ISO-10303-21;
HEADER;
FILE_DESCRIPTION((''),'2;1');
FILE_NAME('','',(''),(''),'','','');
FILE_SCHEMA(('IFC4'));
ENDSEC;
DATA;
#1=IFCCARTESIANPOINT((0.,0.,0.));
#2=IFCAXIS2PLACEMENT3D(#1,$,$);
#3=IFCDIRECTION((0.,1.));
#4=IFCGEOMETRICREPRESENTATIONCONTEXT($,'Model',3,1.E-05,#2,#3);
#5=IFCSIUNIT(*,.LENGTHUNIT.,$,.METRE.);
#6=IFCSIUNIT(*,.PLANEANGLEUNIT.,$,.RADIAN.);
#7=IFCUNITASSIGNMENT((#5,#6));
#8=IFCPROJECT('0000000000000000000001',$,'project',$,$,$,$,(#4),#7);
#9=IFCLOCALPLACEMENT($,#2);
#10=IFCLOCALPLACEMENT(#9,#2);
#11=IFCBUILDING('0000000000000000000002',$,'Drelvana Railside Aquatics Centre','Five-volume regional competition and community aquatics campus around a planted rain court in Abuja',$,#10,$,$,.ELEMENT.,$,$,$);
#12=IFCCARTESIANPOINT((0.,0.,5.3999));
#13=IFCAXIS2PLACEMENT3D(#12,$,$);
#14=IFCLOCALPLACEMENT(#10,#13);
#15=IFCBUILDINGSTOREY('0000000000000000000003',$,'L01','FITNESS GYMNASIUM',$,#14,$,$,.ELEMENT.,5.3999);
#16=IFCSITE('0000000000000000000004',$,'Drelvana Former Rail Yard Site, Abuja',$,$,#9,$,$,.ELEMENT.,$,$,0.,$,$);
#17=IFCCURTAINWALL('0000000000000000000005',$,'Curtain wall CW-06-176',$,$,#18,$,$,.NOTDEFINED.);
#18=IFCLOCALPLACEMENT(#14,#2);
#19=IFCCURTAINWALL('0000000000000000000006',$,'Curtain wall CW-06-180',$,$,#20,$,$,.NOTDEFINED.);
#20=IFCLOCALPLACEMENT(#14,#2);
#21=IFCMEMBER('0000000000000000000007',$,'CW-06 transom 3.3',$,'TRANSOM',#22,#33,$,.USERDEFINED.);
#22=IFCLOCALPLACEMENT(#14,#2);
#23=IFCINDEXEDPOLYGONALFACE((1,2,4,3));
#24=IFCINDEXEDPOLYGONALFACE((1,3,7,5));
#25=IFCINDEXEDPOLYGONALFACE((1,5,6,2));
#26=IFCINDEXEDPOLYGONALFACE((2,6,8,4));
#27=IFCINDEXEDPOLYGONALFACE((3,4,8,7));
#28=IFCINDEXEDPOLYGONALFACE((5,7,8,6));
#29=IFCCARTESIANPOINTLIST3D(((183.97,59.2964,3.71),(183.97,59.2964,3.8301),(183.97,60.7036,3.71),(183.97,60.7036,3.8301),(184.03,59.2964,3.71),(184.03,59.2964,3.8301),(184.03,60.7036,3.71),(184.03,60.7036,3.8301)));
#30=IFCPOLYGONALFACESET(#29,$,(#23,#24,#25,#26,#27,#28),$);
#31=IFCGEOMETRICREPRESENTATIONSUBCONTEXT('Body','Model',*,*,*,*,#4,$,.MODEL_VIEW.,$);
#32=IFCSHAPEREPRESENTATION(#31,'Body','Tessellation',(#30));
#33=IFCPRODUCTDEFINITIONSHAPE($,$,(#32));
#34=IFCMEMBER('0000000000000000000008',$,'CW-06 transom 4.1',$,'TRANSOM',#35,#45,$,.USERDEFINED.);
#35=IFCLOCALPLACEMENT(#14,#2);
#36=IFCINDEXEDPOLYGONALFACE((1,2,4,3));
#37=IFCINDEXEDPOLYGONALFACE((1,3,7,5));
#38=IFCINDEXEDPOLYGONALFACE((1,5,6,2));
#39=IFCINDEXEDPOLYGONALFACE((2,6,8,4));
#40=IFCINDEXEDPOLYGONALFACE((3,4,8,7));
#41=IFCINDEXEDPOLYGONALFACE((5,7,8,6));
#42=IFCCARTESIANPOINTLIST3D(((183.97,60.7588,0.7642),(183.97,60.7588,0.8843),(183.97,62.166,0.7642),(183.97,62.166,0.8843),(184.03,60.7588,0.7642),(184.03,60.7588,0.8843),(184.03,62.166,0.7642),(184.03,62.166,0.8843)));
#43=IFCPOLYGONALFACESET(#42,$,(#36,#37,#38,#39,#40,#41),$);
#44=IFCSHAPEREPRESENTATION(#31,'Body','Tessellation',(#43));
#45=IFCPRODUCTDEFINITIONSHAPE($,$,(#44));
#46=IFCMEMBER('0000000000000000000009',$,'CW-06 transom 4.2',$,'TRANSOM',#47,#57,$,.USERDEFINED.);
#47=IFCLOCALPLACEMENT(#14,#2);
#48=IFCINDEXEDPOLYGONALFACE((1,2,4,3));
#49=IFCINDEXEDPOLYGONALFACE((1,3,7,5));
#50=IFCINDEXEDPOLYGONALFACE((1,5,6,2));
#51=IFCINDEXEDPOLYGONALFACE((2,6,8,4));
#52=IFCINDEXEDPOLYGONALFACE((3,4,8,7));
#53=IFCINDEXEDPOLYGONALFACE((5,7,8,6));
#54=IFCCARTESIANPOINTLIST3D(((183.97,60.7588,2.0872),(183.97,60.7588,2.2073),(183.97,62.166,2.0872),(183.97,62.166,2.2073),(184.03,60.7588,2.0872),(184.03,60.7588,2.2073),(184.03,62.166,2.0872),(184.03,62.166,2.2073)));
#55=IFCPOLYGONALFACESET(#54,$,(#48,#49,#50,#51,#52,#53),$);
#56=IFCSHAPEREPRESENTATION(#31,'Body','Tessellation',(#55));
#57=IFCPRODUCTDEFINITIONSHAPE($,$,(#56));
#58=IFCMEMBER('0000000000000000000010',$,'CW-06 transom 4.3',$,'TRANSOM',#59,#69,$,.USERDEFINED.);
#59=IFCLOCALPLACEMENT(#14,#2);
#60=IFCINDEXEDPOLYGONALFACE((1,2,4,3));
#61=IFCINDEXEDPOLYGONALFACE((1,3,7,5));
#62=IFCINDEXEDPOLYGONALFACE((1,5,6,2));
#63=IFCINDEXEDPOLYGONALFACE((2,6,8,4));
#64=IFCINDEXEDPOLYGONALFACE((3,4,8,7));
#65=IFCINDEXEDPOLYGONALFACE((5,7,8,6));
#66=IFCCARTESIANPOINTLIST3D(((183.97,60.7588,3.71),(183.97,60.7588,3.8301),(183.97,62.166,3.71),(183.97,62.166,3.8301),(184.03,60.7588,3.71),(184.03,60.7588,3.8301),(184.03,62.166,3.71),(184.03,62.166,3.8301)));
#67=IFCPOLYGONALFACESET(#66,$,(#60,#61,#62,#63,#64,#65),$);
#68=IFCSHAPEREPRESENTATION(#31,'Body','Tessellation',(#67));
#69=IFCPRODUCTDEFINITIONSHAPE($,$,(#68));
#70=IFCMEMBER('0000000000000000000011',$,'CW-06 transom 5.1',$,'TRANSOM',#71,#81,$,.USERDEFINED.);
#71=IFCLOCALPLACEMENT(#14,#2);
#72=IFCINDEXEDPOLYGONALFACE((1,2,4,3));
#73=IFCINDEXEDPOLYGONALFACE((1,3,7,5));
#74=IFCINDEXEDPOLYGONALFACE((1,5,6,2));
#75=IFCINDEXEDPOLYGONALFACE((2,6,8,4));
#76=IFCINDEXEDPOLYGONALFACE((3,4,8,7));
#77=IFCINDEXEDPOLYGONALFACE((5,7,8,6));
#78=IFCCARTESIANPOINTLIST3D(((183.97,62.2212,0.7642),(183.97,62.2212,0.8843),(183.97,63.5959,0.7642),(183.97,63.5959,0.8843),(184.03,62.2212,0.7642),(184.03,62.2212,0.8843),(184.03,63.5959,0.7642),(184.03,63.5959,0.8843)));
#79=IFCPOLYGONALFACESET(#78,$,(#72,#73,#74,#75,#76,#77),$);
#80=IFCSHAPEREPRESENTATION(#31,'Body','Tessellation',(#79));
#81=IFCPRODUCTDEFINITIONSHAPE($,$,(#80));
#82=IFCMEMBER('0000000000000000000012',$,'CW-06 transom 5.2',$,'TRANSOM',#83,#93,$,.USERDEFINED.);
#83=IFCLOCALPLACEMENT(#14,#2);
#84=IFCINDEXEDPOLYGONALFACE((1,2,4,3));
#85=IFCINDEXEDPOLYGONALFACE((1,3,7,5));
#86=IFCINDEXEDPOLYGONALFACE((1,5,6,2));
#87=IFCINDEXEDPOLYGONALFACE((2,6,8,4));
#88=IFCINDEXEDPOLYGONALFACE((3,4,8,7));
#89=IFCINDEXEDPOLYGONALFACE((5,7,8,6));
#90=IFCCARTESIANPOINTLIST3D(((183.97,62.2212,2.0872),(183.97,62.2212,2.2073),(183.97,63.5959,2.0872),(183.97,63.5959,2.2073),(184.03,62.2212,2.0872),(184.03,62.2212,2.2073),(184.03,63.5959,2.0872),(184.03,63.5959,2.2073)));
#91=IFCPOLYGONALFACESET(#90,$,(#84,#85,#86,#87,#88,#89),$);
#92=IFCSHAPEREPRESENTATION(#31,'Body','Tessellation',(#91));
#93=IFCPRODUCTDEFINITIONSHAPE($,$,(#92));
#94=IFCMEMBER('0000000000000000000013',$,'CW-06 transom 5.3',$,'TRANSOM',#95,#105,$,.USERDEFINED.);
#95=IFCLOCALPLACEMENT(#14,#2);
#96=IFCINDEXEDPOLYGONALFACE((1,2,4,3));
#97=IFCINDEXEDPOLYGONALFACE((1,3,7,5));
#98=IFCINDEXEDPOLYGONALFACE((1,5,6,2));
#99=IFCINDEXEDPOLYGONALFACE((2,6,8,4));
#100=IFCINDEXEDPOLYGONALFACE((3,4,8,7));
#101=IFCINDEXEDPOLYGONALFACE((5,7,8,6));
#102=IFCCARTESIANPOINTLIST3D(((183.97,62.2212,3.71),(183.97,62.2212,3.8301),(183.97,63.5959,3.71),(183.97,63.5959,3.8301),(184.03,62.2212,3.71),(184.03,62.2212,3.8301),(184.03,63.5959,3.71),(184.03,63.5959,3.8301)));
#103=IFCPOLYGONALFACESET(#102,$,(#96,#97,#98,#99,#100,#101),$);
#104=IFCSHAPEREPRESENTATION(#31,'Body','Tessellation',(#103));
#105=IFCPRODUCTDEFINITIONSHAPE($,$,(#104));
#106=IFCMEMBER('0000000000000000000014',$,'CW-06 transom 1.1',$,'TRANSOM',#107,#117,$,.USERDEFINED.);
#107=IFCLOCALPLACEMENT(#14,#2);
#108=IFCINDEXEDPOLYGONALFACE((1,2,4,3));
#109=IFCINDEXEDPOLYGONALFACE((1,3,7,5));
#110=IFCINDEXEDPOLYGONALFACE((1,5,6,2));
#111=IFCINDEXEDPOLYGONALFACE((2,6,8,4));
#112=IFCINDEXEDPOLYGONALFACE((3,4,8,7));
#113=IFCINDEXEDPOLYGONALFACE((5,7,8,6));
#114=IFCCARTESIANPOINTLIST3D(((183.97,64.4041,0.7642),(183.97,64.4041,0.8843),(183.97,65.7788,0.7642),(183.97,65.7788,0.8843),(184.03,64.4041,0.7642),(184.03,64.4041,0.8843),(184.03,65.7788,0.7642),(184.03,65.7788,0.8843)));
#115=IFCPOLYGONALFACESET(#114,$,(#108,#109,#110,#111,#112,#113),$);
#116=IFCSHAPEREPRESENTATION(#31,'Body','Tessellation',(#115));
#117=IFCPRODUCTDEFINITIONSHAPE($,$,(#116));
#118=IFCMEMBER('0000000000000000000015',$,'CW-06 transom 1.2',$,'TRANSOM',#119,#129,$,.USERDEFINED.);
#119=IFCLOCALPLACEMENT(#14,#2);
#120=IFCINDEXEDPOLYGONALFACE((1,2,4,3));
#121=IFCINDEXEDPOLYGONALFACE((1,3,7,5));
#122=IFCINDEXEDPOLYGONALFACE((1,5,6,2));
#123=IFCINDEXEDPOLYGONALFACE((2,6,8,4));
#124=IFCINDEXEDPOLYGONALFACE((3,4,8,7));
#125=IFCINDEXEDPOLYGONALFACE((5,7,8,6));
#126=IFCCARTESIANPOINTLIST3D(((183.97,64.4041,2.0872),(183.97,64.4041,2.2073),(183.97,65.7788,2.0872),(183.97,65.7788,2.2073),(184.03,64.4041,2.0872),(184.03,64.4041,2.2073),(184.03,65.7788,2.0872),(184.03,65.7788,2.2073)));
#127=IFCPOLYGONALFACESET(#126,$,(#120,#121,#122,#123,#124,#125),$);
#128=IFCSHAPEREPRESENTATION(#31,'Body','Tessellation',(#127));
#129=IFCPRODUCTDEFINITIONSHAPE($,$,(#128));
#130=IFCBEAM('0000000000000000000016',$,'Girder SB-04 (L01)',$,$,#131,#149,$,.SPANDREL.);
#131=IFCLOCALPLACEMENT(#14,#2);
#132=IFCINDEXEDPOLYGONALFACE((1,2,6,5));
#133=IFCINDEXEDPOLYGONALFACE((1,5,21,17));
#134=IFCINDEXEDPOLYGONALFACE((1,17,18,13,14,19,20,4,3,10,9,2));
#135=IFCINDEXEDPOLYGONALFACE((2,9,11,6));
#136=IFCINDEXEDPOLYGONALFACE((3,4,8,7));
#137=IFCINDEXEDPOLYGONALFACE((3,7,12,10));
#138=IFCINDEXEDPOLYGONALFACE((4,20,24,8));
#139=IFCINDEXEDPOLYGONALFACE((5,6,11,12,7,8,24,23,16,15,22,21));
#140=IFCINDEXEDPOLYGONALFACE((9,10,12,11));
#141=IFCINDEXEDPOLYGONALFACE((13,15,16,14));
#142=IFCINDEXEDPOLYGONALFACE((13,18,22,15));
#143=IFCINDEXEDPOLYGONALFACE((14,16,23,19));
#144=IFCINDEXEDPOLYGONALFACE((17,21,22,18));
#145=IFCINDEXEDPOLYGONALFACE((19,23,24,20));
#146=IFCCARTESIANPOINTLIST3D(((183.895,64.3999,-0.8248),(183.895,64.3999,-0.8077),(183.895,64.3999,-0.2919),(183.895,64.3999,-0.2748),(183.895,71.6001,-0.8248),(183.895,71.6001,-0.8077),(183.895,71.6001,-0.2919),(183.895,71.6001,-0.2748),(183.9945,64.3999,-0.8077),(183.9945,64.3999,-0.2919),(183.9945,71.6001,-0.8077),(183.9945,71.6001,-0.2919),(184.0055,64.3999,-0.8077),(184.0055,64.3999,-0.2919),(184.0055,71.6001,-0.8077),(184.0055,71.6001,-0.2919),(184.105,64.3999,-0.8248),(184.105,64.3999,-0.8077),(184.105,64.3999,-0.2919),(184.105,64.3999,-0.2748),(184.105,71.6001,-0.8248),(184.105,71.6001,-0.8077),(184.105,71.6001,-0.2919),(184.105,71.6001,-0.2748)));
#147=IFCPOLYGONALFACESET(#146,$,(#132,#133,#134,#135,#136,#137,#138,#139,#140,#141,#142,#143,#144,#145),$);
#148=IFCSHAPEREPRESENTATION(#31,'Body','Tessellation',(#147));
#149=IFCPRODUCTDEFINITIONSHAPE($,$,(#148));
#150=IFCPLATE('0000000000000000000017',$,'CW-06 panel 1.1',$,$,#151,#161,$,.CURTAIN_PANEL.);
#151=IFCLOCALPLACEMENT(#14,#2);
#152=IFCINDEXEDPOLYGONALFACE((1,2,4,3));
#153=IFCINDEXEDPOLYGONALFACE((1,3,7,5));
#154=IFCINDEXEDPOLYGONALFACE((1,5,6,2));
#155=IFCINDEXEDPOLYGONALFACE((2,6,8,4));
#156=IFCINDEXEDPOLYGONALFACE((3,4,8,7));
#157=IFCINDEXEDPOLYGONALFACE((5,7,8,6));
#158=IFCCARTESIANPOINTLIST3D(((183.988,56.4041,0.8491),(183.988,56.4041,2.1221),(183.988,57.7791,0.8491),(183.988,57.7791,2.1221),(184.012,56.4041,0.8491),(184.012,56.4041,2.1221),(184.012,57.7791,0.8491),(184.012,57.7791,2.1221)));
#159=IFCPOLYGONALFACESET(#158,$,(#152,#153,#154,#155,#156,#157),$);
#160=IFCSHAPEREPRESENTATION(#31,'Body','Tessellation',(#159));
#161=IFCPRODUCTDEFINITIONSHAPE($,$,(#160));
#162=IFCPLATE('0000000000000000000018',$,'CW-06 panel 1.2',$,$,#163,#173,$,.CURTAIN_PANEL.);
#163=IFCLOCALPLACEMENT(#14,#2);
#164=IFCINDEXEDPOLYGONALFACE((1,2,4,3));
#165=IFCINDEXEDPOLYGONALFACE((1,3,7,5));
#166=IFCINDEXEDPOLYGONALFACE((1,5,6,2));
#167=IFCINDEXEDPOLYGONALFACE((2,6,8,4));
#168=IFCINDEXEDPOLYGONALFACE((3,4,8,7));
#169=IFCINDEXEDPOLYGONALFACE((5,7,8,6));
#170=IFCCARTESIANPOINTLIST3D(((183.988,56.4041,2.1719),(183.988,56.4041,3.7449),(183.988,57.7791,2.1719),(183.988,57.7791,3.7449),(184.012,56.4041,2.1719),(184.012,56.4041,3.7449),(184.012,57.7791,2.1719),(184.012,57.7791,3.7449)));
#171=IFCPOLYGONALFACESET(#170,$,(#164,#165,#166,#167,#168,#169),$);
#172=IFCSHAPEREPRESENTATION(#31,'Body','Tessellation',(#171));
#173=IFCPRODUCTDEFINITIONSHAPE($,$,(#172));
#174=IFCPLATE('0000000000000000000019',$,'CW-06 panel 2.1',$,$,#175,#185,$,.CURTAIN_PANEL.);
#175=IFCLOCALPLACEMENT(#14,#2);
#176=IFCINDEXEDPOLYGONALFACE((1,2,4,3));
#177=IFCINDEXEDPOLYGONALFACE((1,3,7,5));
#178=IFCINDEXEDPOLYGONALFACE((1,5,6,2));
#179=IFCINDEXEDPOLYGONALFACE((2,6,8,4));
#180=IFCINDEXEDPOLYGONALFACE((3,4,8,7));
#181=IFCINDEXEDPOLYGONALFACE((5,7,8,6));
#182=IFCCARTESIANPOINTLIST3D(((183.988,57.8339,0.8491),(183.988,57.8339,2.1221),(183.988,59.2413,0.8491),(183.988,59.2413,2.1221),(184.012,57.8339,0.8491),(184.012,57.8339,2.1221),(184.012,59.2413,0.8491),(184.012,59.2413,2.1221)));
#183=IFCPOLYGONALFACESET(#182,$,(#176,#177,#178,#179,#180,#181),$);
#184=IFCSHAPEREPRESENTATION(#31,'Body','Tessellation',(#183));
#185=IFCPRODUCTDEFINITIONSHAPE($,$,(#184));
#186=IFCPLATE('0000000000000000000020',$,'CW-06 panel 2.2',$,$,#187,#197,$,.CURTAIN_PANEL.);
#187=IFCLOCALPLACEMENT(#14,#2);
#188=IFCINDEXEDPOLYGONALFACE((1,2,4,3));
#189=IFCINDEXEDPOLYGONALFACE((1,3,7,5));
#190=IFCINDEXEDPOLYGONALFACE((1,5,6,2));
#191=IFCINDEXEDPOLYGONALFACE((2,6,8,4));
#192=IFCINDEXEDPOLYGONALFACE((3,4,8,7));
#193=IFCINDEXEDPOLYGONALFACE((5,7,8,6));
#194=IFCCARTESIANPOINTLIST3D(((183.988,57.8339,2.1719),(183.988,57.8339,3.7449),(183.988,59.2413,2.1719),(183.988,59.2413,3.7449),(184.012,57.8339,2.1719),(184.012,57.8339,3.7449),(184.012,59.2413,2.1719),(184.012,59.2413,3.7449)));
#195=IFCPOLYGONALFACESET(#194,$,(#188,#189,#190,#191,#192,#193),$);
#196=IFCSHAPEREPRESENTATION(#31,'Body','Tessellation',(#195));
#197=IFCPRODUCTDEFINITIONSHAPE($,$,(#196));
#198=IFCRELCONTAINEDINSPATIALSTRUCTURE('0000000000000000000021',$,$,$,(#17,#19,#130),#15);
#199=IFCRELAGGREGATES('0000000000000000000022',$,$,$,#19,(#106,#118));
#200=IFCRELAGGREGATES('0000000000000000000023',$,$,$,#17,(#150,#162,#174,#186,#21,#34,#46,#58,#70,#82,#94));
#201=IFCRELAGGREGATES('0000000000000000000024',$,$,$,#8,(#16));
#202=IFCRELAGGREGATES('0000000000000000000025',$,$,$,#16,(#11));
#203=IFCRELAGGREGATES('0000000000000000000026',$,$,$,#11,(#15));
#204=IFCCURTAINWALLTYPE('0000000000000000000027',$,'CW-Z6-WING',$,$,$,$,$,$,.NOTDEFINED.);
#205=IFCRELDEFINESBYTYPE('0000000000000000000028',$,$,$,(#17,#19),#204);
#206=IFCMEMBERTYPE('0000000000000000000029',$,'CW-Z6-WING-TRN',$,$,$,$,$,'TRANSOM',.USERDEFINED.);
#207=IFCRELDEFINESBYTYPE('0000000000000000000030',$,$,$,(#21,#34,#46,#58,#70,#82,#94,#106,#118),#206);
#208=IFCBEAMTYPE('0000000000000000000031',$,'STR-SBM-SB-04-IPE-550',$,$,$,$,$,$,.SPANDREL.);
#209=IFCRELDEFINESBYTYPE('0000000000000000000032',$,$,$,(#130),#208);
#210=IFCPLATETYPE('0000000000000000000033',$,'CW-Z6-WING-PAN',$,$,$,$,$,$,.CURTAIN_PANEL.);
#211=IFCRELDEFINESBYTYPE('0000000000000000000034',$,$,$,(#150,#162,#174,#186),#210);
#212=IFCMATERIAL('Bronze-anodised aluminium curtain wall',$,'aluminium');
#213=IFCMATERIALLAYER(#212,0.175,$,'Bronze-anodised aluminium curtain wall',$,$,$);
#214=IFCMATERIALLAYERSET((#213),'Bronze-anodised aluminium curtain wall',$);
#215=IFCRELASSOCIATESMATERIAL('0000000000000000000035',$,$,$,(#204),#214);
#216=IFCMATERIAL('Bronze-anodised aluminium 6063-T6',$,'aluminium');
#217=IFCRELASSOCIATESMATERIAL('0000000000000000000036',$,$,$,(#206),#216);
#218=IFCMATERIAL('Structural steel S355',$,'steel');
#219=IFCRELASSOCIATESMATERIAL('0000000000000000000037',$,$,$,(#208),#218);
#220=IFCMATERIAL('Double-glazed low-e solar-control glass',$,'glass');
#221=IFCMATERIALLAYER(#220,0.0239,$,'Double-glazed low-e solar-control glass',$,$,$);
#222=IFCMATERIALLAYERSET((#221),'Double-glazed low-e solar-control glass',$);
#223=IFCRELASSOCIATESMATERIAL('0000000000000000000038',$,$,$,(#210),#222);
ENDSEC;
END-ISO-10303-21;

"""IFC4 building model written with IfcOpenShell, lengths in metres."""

from ifc_helpers import new_model, si_unit, direction, frame, origin, origin_2d, place, context, subcontext, project, spatial, rectangle, i_section, extrude, material, layer, layer_set, material_profile, profile_set, type_object, element, aggregate, save


model = new_model("IFC4")

# Units and contexts
model_context = context("Model", 3, precision=1e-05, world=origin(), true_north=direction((0.0, 1.0)))
body_context = subcontext(model_context, "Body", "Model", "MODEL_VIEW")
ifc_project = project(units=[si_unit("LENGTHUNIT", "METRE"), si_unit("PLANEANGLEUNIT", "RADIAN")], contexts=[model_context])

# Site, building, storey
site_placement = place(None, origin())
site = spatial("IfcSite", under=ifc_project, at=site_placement, Name="Drelvana Former Rail Yard Site, Abuja", CompositionType="ELEMENT", RefElevation=0.0)
building_placement = place(site_placement, origin())
building = spatial("IfcBuilding", under=site, at=building_placement, Name="Drelvana Railside Aquatics Centre", Description="Five-volume regional competition and community aquatics campus around a planted rain court in Abuja", CompositionType="ELEMENT")
storey_placement = place(building_placement, frame((0.0, 0.0, 5.3999)))
storey = spatial("IfcBuildingStorey", under=building, at=storey_placement, Name="L01", Description="FITNESS GYMNASIUM", CompositionType="ELEMENT", Elevation=5.3999)

# Curtain wall
ifc_material_1 = material(Name="Bronze-anodised aluminium curtain wall", Category="aluminium")
ifc_layer_1 = layer(ifc_material_1, 0.175, Name="Bronze-anodised aluminium curtain wall")
ifc_layer_set_1 = layer_set([ifc_layer_1], Name="Bronze-anodised aluminium curtain wall")
curtain_wall_type = type_object("IfcCurtainWallType", Name="CW-Z6-WING", PredefinedType="NOTDEFINED", material=ifc_layer_set_1)
curtain_wall_1_placement = place(storey_placement, origin())
curtain_wall_1 = element("IfcCurtainWall", 1, at=curtain_wall_1_placement, inside=storey, type_object=curtain_wall_type, Name="Curtain wall CW-06-176", PredefinedType="NOTDEFINED")
ifc_material_2 = material(Name="Bronze-anodised aluminium 6063-T6", Category="aluminium")

# Curtain wall
curtain_wall_2_placement = place(storey_placement, origin())
curtain_wall_2 = element("IfcCurtainWall", 2, at=curtain_wall_2_placement, inside=storey, type_object=curtain_wall_type, Name="Curtain wall CW-06-180", PredefinedType="NOTDEFINED")

# Members
ifc_material_profile_1 = material_profile(ifc_material_2, rectangle(XDim=0.1201, YDim=0.0601, at=origin_2d()), Name="ALU-T 60x120")
ifc_profile_set_1 = profile_set([ifc_material_profile_1], Name="Bronze-anodised aluminium 6063-T6")
member_type_1 = type_object("IfcMemberType", Name="CW-Z6-WING-TRN", ElementType="TRANSOM", PredefinedType="USERDEFINED", material=ifc_profile_set_1)
member_1_placement = place(storey_placement, frame((184.0, 59.2964, 3.77), z_axis=(0.0, 1.0, 0.0), x_axis=(0.0, 0.0, 1.0)))
member_1 = element("IfcMember", 3, at=member_1_placement, type_object=member_type_1, Name="CW-06 transom 3.3", ObjectType="TRANSOM", PredefinedType="USERDEFINED", context=body_context, shape_type="SweptSolid", body=[
    extrude(rectangle(XDim=0.1201, YDim=0.0601, at=origin_2d()), origin(), (0.0, 0.0, 1.0), 1.4072),
])
member_2_placement = place(storey_placement, frame((184.0, 60.7588, 0.8242), z_axis=(0.0, 1.0, 0.0), x_axis=(0.0, 0.0, 1.0)))
member_2 = element("IfcMember", 4, at=member_2_placement, type_object=member_type_1, Name="CW-06 transom 4.1", ObjectType="TRANSOM", PredefinedType="USERDEFINED", context=body_context, shape_type="SweptSolid", body=[
    extrude(rectangle(XDim=0.1201, YDim=0.0601, at=origin_2d()), origin(), (0.0, 0.0, 1.0), 1.4072),
])
member_3_placement = place(storey_placement, frame((184.0, 60.7588, 2.1472), z_axis=(0.0, 1.0, 0.0), x_axis=(0.0, 0.0, 1.0)))
member_3 = element("IfcMember", 5, at=member_3_placement, type_object=member_type_1, Name="CW-06 transom 4.2", ObjectType="TRANSOM", PredefinedType="USERDEFINED", context=body_context, shape_type="SweptSolid", body=[
    extrude(rectangle(XDim=0.1201, YDim=0.0601, at=origin_2d()), origin(), (0.0, 0.0, 1.0), 1.4072),
])
member_4_placement = place(storey_placement, frame((184.0, 60.7588, 3.77), z_axis=(0.0, 1.0, 0.0), x_axis=(0.0, 0.0, 1.0)))
member_4 = element("IfcMember", 6, at=member_4_placement, type_object=member_type_1, Name="CW-06 transom 4.3", ObjectType="TRANSOM", PredefinedType="USERDEFINED", context=body_context, shape_type="SweptSolid", body=[
    extrude(rectangle(XDim=0.1201, YDim=0.0601, at=origin_2d()), origin(), (0.0, 0.0, 1.0), 1.4072),
])
member_5_placement = place(storey_placement, frame((184.0, 62.2212, 0.8242), z_axis=(0.0, 1.0, 0.0), x_axis=(0.0, 0.0, 1.0)))
member_5 = element("IfcMember", 7, at=member_5_placement, type_object=member_type_1, Name="CW-06 transom 5.1", ObjectType="TRANSOM", PredefinedType="USERDEFINED", context=body_context, shape_type="SweptSolid", body=[
    extrude(rectangle(XDim=0.1201, YDim=0.0601, at=origin_2d()), origin(), (0.0, 0.0, 1.0), 1.3748),
])
member_6_placement = place(storey_placement, frame((184.0, 62.2212, 2.1472), z_axis=(0.0, 1.0, 0.0), x_axis=(0.0, 0.0, 1.0)))
member_6 = element("IfcMember", 8, at=member_6_placement, type_object=member_type_1, Name="CW-06 transom 5.2", ObjectType="TRANSOM", PredefinedType="USERDEFINED", context=body_context, shape_type="SweptSolid", body=[
    extrude(rectangle(XDim=0.1201, YDim=0.0601, at=origin_2d()), origin(), (0.0, 0.0, 1.0), 1.3748),
])
member_7_placement = place(storey_placement, frame((184.0, 62.2212, 3.77), z_axis=(0.0, 1.0, 0.0), x_axis=(0.0, 0.0, 1.0)))
member_7 = element("IfcMember", 9, at=member_7_placement, type_object=member_type_1, Name="CW-06 transom 5.3", ObjectType="TRANSOM", PredefinedType="USERDEFINED", context=body_context, shape_type="SweptSolid", body=[
    extrude(rectangle(XDim=0.1201, YDim=0.0601, at=origin_2d()), origin(), (0.0, 0.0, 1.0), 1.3748),
])
member_8_placement = place(storey_placement, frame((184.0, 64.4041, 0.8242), z_axis=(0.0, 1.0, 0.0), x_axis=(0.0, 0.0, 1.0)))
member_8 = element("IfcMember", 10, at=member_8_placement, type_object=member_type_1, Name="CW-06 transom 1.1", ObjectType="TRANSOM", PredefinedType="USERDEFINED", context=body_context, shape_type="SweptSolid", body=[
    extrude(rectangle(XDim=0.1201, YDim=0.0601, at=origin_2d()), origin(), (0.0, 0.0, 1.0), 1.3748),
])
member_9_placement = place(storey_placement, frame((184.0, 64.4041, 2.1472), z_axis=(0.0, 1.0, 0.0), x_axis=(0.0, 0.0, 1.0)))
member_9 = element("IfcMember", 11, at=member_9_placement, type_object=member_type_1, Name="CW-06 transom 1.2", ObjectType="TRANSOM", PredefinedType="USERDEFINED", context=body_context, shape_type="SweptSolid", body=[
    extrude(rectangle(XDim=0.1201, YDim=0.0601, at=origin_2d()), origin(), (0.0, 0.0, 1.0), 1.3748),
])
aggregate(curtain_wall_2, [member_8, member_9])

# Beam
ifc_material_3 = material(Name="Structural steel S355", Category="steel")
ifc_material_profile_2 = material_profile(ifc_material_3, i_section(OverallWidth=0.21, OverallDepth=0.55, WebThickness=0.011, FlangeThickness=0.0171, at=origin_2d()), Name="IPE 550")
ifc_profile_set_2 = profile_set([ifc_material_profile_2], Name="Structural steel S355")
beam_type = type_object("IfcBeamType", Name="STR-SBM-SB-04-IPE-550", PredefinedType="SPANDREL", material=ifc_profile_set_2)
beam_placement = place(storey_placement, frame((184.0, 64.3999, -0.5498), z_axis=(0.0, 1.0, 0.0), x_axis=(-1.0, 0.0, 0.0)))
element("IfcBeam", 12, at=beam_placement, inside=storey, type_object=beam_type, Name="Girder SB-04 (L01)", PredefinedType="SPANDREL", context=body_context, shape_type="SweptSolid", body=[
    extrude(i_section(OverallWidth=0.21, OverallDepth=0.55, WebThickness=0.011, FlangeThickness=0.0171, at=origin_2d()), origin(), (0.0, 0.0, 1.0), 7.2002),
])

# Plates
ifc_material_4 = material(Name="Double-glazed low-e solar-control glass", Category="glass")
ifc_layer_2 = layer(ifc_material_4, 0.0239, Name="Double-glazed low-e solar-control glass")
ifc_layer_set_2 = layer_set([ifc_layer_2], Name="Double-glazed low-e solar-control glass")
plate_type = type_object("IfcPlateType", Name="CW-Z6-WING-PAN", PredefinedType="CURTAIN_PANEL", material=ifc_layer_set_2)
plate_1_placement = place(storey_placement, frame((184.0, 57.0916, 0.8491), z_axis=(0.0, 0.0, 1.0), x_axis=(0.0, 1.0, 0.0)))
plate_1 = element("IfcPlate", 13, at=plate_1_placement, type_object=plate_type, Name="CW-06 panel 1.1", PredefinedType="CURTAIN_PANEL", context=body_context, shape_type="SweptSolid", body=[
    extrude(rectangle(XDim=1.375, YDim=0.0239, at=origin_2d()), origin(), (0.0, 0.0, 1.0), 1.2729),
])
plate_2_placement = place(storey_placement, frame((184.0, 57.0916, 2.1719), z_axis=(0.0, 0.0, 1.0), x_axis=(0.0, 1.0, 0.0)))
plate_2 = element("IfcPlate", 14, at=plate_2_placement, type_object=plate_type, Name="CW-06 panel 1.2", PredefinedType="CURTAIN_PANEL", context=body_context, shape_type="SweptSolid", body=[
    extrude(rectangle(XDim=1.375, YDim=0.0239, at=origin_2d()), origin(), (0.0, 0.0, 1.0), 1.573),
])
plate_3_placement = place(storey_placement, frame((184.0, 58.5376, 0.8491), z_axis=(0.0, 0.0, 1.0), x_axis=(0.0, 1.0, 0.0)))
plate_3 = element("IfcPlate", 15, at=plate_3_placement, type_object=plate_type, Name="CW-06 panel 2.1", PredefinedType="CURTAIN_PANEL", context=body_context, shape_type="SweptSolid", body=[
    extrude(rectangle(XDim=1.4075, YDim=0.0239, at=origin_2d()), origin(), (0.0, 0.0, 1.0), 1.2729),
])
plate_4_placement = place(storey_placement, frame((184.0, 58.5376, 2.1719), z_axis=(0.0, 0.0, 1.0), x_axis=(0.0, 1.0, 0.0)))
plate_4 = element("IfcPlate", 16, at=plate_4_placement, type_object=plate_type, Name="CW-06 panel 2.2", PredefinedType="CURTAIN_PANEL", context=body_context, shape_type="SweptSolid", body=[
    extrude(rectangle(XDim=1.4075, YDim=0.0239, at=origin_2d()), origin(), (0.0, 0.0, 1.0), 1.573),
])
aggregate(curtain_wall_1, [plate_1, plate_2, plate_3, plate_4, member_1, member_2, member_3, member_4, member_5, member_6, member_7])

save(model, "model.ifc")
